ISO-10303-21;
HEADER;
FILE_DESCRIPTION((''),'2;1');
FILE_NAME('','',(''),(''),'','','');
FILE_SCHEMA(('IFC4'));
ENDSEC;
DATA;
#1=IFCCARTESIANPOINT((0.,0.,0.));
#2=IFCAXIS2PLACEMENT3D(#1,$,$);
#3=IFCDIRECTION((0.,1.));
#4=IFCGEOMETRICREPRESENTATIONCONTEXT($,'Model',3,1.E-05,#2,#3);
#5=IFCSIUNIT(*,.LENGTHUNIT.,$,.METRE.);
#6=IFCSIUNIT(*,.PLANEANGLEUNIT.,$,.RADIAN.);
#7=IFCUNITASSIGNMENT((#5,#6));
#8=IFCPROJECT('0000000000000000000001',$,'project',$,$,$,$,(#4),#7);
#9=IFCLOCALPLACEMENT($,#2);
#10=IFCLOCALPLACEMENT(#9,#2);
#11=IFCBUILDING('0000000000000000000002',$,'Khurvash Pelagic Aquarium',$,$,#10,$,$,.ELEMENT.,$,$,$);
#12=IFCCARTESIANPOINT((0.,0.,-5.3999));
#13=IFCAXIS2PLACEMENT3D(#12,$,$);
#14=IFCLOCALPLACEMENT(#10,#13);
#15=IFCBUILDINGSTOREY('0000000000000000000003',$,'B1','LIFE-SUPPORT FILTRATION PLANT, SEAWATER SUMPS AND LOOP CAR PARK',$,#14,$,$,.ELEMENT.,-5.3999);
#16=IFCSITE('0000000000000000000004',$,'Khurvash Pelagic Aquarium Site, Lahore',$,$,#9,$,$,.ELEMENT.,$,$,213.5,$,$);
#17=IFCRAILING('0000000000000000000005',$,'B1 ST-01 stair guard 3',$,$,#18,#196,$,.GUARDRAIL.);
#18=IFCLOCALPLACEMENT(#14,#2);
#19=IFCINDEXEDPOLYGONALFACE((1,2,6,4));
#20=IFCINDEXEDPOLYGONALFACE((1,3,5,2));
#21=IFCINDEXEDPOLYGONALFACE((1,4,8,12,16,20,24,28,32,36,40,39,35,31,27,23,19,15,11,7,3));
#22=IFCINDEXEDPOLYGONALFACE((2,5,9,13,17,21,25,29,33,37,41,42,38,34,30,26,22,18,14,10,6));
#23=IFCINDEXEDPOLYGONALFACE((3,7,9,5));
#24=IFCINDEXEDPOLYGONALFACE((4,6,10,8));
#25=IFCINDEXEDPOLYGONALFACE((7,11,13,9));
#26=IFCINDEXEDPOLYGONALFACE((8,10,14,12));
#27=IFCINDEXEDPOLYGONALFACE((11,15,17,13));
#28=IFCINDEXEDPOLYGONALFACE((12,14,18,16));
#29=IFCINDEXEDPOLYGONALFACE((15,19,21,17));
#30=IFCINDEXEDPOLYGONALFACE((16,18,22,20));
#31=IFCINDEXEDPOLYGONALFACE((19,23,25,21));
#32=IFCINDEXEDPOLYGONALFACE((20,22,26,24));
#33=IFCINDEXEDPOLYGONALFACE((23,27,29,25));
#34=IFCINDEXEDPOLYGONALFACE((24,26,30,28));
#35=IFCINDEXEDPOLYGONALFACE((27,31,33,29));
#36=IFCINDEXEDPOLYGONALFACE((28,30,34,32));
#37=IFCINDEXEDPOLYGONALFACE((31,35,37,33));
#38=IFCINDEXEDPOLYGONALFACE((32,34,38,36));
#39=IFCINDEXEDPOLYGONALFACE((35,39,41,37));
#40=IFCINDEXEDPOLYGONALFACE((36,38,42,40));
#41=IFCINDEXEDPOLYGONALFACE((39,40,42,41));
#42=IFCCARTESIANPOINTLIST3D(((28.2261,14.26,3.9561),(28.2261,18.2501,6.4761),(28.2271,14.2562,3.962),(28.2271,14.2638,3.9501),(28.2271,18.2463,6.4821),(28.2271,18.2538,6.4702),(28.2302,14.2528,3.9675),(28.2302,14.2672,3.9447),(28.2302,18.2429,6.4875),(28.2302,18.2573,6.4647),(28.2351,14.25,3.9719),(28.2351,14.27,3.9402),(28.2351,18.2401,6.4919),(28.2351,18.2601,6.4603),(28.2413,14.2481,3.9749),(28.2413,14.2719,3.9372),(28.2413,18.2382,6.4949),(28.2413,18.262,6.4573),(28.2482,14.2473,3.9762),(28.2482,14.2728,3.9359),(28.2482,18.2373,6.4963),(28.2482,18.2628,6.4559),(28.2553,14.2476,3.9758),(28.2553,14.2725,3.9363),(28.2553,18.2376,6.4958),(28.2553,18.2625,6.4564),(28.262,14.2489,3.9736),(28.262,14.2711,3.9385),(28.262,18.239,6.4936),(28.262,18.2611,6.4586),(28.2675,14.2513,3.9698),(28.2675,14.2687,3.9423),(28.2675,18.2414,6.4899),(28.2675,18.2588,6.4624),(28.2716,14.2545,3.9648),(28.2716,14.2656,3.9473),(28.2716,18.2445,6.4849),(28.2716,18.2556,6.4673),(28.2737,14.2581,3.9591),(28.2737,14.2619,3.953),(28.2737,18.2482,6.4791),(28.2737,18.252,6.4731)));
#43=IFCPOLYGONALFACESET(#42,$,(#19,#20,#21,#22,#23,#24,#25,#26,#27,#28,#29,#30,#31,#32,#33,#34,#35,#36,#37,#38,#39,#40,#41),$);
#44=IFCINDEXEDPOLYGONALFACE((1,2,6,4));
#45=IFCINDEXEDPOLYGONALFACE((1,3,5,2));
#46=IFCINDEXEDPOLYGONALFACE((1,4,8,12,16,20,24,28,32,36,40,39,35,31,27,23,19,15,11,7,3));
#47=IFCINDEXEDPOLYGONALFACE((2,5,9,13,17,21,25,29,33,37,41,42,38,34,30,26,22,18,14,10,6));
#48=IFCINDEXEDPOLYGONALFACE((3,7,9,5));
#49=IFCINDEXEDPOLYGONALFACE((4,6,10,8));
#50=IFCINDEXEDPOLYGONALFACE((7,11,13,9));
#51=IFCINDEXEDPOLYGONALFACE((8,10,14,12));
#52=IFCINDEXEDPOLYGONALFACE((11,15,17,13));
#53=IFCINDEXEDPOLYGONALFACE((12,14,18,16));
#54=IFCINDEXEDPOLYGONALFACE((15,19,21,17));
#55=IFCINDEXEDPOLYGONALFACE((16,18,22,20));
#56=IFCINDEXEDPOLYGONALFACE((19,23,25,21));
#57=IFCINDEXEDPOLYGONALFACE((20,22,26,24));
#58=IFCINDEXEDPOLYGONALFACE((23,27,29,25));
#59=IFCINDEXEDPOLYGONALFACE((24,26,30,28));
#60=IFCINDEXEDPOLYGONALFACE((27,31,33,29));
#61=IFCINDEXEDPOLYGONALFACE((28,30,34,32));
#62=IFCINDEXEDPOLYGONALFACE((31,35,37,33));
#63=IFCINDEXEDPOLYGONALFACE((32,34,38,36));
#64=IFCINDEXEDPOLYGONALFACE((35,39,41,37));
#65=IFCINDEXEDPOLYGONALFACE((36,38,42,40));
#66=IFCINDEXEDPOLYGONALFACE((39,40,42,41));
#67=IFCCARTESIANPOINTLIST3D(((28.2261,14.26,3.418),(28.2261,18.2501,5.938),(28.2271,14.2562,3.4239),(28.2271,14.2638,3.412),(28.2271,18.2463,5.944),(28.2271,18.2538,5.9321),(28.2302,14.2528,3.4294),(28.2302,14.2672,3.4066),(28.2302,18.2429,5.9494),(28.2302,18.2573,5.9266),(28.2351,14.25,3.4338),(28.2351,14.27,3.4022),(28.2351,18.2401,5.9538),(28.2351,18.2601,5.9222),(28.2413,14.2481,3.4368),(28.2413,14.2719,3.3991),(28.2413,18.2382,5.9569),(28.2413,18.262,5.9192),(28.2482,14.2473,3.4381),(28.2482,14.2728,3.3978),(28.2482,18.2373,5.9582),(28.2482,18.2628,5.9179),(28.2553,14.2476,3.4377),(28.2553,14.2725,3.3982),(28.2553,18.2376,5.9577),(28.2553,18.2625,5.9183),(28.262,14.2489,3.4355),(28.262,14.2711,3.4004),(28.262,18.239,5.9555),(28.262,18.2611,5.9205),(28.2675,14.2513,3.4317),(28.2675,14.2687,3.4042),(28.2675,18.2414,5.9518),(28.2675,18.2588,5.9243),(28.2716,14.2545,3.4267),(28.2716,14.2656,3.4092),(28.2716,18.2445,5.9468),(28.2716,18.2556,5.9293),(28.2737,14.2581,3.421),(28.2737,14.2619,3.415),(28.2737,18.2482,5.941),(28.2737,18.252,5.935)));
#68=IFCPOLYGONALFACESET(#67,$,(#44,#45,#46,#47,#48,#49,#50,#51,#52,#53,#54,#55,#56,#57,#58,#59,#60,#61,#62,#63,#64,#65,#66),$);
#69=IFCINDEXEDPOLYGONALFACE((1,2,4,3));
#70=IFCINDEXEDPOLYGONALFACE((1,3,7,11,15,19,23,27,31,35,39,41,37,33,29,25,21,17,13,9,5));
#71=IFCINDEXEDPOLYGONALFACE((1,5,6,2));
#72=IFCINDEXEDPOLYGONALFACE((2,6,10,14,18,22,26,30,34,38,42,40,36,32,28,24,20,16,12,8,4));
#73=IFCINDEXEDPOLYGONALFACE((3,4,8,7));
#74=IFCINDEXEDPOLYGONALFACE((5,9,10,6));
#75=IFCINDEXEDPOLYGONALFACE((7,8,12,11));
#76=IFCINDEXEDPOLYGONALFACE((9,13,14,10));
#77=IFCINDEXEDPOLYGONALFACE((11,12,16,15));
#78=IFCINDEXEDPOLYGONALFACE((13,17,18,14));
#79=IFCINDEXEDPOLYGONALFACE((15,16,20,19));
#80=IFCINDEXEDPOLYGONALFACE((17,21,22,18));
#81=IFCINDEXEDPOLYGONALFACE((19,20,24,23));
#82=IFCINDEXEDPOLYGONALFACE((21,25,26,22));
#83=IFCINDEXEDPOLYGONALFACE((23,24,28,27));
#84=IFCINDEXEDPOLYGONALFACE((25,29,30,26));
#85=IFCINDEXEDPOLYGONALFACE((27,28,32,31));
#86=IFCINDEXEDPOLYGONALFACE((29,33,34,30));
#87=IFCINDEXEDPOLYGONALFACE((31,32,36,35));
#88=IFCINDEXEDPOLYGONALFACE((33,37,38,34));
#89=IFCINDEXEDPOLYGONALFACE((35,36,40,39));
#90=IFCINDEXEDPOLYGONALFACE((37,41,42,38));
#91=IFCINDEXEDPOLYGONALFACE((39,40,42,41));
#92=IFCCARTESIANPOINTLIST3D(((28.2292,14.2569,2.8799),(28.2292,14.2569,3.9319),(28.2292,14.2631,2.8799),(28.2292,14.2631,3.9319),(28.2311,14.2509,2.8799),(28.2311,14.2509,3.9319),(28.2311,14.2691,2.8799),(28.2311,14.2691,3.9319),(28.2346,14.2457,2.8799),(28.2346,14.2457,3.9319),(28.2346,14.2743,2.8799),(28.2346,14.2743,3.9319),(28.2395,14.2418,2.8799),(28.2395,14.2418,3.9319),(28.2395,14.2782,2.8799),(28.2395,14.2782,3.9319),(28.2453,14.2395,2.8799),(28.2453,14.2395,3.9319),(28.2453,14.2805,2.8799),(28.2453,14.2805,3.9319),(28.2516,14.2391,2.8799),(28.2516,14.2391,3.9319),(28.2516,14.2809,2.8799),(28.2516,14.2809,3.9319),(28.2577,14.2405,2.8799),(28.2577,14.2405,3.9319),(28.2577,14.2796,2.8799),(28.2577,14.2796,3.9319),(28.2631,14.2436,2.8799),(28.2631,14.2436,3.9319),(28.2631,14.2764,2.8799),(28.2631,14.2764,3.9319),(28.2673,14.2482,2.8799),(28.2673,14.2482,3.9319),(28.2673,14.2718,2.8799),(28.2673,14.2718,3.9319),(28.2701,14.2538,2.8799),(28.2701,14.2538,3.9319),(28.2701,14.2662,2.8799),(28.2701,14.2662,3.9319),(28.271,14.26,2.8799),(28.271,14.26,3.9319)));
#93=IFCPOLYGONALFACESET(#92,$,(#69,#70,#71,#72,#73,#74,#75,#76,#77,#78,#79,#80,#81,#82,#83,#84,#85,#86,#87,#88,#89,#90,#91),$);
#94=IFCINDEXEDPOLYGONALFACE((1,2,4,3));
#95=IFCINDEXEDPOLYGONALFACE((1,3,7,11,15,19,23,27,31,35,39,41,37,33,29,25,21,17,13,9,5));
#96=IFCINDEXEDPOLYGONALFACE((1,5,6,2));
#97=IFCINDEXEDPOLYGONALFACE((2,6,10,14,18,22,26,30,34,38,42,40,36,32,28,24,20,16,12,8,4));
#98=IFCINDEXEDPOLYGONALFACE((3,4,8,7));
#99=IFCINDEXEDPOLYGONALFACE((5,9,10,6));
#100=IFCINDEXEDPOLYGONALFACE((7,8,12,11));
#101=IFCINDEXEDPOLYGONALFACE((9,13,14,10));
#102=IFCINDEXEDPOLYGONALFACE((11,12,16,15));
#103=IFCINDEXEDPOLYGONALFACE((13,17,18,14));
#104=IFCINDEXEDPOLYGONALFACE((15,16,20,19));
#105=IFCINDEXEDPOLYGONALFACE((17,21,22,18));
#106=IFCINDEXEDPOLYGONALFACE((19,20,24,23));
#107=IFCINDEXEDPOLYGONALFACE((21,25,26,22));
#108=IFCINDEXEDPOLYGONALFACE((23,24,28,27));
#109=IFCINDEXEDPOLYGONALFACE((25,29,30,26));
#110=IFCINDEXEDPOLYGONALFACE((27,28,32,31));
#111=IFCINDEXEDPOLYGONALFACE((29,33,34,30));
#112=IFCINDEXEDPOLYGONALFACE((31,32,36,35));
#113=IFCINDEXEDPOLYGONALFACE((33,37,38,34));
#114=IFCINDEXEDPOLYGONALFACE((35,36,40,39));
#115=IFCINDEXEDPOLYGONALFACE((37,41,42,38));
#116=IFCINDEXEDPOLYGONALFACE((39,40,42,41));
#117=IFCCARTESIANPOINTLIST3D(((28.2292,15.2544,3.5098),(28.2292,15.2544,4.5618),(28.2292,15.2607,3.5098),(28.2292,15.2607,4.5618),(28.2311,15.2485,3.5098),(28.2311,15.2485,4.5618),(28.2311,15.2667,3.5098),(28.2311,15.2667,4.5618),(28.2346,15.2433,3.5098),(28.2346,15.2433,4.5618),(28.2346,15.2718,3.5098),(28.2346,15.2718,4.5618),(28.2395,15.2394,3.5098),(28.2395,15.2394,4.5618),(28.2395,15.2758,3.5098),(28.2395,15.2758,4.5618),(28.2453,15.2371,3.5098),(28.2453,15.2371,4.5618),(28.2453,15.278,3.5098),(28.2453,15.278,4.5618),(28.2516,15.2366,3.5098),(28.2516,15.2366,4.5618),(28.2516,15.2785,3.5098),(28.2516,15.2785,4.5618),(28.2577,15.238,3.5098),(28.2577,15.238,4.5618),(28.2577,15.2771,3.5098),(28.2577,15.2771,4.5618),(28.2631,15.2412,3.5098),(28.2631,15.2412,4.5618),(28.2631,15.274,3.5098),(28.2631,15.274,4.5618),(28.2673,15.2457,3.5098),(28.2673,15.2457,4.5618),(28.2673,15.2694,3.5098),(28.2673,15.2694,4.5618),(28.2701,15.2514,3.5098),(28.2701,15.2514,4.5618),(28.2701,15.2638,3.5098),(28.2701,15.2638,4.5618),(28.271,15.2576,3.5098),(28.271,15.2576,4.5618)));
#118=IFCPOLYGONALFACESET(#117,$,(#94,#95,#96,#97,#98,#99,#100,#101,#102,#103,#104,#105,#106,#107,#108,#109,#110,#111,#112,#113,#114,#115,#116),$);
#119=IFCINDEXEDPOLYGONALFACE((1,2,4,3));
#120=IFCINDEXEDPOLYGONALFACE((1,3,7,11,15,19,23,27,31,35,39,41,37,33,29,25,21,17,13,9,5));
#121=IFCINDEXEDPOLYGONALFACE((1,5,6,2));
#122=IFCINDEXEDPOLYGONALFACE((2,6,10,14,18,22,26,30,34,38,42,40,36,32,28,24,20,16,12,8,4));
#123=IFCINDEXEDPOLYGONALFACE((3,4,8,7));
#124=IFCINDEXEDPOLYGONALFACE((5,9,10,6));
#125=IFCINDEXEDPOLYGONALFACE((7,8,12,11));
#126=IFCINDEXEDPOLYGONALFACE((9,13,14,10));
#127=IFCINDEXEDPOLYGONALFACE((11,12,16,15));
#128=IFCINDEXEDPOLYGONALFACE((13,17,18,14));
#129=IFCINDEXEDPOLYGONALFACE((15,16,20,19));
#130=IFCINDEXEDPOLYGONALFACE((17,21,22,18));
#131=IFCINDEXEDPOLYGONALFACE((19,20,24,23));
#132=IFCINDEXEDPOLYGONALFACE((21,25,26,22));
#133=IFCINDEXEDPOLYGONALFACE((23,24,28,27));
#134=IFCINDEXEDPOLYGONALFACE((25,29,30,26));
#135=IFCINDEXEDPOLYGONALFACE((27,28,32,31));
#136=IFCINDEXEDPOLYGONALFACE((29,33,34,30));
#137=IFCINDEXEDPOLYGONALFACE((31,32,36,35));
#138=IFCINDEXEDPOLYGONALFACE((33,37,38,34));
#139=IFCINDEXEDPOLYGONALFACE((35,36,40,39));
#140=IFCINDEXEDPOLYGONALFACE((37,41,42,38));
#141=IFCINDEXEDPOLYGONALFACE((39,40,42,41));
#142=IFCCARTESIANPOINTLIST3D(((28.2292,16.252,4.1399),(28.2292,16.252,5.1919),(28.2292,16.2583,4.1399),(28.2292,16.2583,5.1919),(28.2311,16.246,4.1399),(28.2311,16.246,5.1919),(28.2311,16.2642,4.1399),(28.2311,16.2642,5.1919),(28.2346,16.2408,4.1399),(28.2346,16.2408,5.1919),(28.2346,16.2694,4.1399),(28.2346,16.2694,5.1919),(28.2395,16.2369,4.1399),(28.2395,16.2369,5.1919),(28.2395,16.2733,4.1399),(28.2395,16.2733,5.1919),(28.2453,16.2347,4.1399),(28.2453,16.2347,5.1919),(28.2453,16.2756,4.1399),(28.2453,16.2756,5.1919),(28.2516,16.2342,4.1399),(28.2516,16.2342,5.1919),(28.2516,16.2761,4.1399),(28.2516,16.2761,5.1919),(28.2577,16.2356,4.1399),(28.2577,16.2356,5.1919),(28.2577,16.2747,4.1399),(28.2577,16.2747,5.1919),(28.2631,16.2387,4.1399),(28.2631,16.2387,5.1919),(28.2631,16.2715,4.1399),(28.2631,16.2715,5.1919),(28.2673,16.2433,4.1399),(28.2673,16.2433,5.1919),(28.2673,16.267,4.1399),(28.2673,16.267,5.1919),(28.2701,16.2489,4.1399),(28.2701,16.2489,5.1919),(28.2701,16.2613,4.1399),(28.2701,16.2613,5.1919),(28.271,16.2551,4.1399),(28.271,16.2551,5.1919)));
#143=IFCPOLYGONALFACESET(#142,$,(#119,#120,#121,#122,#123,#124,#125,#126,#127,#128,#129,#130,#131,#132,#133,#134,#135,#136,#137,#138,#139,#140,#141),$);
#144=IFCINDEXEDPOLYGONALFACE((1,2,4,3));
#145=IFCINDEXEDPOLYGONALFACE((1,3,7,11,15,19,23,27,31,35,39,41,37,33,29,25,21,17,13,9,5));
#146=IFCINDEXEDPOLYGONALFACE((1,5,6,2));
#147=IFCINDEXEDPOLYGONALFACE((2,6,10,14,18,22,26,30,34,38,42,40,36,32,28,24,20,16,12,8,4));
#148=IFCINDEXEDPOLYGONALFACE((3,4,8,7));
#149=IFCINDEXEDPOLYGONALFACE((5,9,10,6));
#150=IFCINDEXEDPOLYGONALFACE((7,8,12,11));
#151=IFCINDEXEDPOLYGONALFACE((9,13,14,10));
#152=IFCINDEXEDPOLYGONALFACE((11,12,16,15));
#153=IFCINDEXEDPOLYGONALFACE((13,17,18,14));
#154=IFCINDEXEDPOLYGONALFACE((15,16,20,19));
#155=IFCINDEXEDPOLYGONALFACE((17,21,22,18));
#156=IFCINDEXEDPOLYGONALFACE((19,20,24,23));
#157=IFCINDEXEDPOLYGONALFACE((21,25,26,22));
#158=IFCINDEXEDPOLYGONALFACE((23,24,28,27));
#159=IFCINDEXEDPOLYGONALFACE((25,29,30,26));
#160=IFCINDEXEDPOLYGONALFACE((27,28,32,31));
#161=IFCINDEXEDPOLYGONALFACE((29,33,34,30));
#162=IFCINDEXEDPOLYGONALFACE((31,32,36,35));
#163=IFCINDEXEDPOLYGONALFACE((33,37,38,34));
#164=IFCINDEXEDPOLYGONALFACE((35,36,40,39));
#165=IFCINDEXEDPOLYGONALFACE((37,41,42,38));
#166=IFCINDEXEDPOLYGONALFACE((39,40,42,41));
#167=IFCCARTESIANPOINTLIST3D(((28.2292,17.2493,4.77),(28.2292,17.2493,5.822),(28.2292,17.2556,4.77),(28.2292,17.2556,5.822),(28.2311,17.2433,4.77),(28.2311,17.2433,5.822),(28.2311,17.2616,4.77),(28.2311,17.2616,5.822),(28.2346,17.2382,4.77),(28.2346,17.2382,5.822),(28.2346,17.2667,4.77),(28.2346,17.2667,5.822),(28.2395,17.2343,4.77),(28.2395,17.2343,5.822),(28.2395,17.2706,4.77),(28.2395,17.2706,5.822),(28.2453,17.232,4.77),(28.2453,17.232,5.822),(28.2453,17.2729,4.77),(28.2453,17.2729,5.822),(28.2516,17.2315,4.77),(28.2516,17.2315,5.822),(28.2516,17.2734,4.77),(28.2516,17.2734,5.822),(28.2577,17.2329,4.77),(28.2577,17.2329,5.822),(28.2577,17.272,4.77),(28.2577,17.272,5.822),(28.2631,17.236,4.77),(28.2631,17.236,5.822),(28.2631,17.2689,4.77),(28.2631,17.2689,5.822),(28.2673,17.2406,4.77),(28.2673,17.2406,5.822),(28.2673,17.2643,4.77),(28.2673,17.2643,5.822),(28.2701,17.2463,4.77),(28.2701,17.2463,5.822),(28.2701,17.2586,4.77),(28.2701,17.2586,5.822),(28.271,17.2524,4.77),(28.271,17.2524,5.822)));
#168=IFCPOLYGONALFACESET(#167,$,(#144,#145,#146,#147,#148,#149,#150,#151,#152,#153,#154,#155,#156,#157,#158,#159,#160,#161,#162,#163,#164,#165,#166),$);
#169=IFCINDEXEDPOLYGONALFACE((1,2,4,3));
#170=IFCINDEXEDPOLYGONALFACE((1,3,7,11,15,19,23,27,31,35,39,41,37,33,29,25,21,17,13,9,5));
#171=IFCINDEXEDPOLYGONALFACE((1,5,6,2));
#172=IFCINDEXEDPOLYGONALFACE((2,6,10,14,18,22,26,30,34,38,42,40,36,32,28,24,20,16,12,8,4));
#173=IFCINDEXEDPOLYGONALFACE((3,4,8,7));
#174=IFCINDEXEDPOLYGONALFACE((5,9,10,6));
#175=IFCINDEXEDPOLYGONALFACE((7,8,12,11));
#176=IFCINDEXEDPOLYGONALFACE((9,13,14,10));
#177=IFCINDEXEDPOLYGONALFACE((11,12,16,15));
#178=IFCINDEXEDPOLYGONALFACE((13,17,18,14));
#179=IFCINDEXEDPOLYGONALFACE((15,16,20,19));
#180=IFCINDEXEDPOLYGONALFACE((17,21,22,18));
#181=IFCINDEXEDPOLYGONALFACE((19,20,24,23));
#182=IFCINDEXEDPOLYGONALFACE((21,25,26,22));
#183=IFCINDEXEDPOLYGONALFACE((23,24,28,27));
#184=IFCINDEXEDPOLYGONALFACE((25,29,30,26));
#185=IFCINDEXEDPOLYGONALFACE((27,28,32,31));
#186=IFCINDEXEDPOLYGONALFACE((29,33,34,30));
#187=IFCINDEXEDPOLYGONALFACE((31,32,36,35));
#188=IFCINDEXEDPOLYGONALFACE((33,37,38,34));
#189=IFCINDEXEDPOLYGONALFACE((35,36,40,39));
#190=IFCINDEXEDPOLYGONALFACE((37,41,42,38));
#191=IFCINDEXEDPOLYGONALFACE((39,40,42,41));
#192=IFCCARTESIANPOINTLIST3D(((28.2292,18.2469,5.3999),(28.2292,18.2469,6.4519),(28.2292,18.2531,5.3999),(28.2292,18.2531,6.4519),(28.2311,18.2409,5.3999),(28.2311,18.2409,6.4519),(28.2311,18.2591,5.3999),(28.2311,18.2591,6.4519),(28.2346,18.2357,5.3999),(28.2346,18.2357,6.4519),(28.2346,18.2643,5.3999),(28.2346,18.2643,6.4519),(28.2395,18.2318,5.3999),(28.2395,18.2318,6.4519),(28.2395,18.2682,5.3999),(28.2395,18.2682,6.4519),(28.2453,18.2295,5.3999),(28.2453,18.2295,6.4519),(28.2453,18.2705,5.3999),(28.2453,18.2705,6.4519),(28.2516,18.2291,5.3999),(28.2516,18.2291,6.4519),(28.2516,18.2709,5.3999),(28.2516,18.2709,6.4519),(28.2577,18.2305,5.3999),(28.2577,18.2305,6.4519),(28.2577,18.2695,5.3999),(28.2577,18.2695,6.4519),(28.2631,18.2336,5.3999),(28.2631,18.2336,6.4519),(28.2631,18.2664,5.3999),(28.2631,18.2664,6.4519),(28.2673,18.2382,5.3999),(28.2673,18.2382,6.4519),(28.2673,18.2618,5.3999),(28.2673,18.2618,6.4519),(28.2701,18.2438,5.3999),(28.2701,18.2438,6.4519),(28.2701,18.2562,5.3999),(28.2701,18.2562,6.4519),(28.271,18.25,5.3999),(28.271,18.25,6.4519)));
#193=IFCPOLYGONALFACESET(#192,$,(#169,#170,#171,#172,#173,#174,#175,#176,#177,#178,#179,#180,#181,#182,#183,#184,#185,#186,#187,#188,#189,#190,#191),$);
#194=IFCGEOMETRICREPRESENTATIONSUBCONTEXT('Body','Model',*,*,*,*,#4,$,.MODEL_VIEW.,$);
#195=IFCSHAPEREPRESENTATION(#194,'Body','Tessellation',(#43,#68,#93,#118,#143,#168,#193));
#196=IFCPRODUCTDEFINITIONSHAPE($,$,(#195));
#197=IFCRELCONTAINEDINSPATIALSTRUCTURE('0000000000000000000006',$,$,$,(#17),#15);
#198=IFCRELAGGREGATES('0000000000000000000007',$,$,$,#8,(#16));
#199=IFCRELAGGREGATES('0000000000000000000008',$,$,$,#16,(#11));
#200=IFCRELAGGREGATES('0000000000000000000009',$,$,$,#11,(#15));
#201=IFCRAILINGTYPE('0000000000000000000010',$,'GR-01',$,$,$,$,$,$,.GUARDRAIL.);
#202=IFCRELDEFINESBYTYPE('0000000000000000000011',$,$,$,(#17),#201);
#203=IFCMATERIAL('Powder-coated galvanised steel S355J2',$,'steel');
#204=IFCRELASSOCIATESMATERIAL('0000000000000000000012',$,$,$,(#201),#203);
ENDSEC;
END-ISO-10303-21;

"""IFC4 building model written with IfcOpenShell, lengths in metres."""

from ifc_helpers import new_model, si_unit, direction, frame, origin, origin_2d, place, context, subcontext, project, spatial, circle, extrude, material, type_object, element, save


model = new_model("IFC4")

# Units and contexts
model_context = context("Model", 3, precision=1e-05, world=origin(), true_north=direction((0.0, 1.0)))
body_context = subcontext(model_context, "Body", "Model", "MODEL_VIEW")
ifc_project = project(units=[si_unit("LENGTHUNIT", "METRE"), si_unit("PLANEANGLEUNIT", "RADIAN")], contexts=[model_context])

# Site, building, storey
site_placement = place(None, origin())
site = spatial("IfcSite", under=ifc_project, at=site_placement, Name="Khurvash Pelagic Aquarium Site, Lahore", CompositionType="ELEMENT", RefElevation=213.5)
building_placement = place(site_placement, origin())
building = spatial("IfcBuilding", under=site, at=building_placement, Name="Khurvash Pelagic Aquarium", CompositionType="ELEMENT")
storey_placement = place(building_placement, frame((0.0, 0.0, -5.3999)))
storey = spatial("IfcBuildingStorey", under=building, at=storey_placement, Name="B1", Description="LIFE-SUPPORT FILTRATION PLANT, SEAWATER SUMPS AND LOOP CAR PARK", CompositionType="ELEMENT", Elevation=-5.3999)

# Railing
ifc_material_1 = material(Name="Powder-coated galvanised steel S355J2", Category="steel")
railing_type_1 = type_object("IfcRailingType", Name="GR-01", PredefinedType="GUARDRAIL", material=ifc_material_1)
railing_1_placement = place(storey_placement, frame((28.25, 14.26, 2.8799)))
element("IfcRailing", 1, at=railing_1_placement, inside=storey, type_object=railing_type_1, Name="B1 ST-01 stair guard 3", PredefinedType="GUARDRAIL", context=body_context, shape_type="SweptSolid", body=[
    extrude(circle(Radius=0.0239, at=origin_2d()), frame((0.0, 0.0, 1.0762), z_axis=(0.0, 0.845486, 0.533997), x_axis=(-1.0, 0.0, 0.0)), (0.0, 0.0, 1.0), 4.7192),
    extrude(circle(Radius=0.0239, at=origin_2d()), frame((0.0, 0.0, 0.5381), z_axis=(0.0, 0.845486, 0.533997), x_axis=(-1.0, 0.0, 0.0)), (0.0, 0.0, 1.0), 4.7192),
    extrude(circle(Radius=0.021, at=origin_2d()), origin(), (0.0, 0.0, 1.0), 1.052),
    extrude(circle(Radius=0.021, at=origin_2d()), frame((0.0, 0.9976, 0.6299)), (0.0, 0.0, 1.0), 1.052),
    extrude(circle(Radius=0.021, at=origin_2d()), frame((0.0, 1.9951, 1.26)), (0.0, 0.0, 1.0), 1.052),
    extrude(circle(Radius=0.021, at=origin_2d()), frame((0.0, 2.9924, 1.8901)), (0.0, 0.0, 1.0), 1.052),
    extrude(circle(Radius=0.021, at=origin_2d()), frame((0.0, 3.99, 2.52)), (0.0, 0.0, 1.0), 1.052),
])

save(model, "model.ifc")
